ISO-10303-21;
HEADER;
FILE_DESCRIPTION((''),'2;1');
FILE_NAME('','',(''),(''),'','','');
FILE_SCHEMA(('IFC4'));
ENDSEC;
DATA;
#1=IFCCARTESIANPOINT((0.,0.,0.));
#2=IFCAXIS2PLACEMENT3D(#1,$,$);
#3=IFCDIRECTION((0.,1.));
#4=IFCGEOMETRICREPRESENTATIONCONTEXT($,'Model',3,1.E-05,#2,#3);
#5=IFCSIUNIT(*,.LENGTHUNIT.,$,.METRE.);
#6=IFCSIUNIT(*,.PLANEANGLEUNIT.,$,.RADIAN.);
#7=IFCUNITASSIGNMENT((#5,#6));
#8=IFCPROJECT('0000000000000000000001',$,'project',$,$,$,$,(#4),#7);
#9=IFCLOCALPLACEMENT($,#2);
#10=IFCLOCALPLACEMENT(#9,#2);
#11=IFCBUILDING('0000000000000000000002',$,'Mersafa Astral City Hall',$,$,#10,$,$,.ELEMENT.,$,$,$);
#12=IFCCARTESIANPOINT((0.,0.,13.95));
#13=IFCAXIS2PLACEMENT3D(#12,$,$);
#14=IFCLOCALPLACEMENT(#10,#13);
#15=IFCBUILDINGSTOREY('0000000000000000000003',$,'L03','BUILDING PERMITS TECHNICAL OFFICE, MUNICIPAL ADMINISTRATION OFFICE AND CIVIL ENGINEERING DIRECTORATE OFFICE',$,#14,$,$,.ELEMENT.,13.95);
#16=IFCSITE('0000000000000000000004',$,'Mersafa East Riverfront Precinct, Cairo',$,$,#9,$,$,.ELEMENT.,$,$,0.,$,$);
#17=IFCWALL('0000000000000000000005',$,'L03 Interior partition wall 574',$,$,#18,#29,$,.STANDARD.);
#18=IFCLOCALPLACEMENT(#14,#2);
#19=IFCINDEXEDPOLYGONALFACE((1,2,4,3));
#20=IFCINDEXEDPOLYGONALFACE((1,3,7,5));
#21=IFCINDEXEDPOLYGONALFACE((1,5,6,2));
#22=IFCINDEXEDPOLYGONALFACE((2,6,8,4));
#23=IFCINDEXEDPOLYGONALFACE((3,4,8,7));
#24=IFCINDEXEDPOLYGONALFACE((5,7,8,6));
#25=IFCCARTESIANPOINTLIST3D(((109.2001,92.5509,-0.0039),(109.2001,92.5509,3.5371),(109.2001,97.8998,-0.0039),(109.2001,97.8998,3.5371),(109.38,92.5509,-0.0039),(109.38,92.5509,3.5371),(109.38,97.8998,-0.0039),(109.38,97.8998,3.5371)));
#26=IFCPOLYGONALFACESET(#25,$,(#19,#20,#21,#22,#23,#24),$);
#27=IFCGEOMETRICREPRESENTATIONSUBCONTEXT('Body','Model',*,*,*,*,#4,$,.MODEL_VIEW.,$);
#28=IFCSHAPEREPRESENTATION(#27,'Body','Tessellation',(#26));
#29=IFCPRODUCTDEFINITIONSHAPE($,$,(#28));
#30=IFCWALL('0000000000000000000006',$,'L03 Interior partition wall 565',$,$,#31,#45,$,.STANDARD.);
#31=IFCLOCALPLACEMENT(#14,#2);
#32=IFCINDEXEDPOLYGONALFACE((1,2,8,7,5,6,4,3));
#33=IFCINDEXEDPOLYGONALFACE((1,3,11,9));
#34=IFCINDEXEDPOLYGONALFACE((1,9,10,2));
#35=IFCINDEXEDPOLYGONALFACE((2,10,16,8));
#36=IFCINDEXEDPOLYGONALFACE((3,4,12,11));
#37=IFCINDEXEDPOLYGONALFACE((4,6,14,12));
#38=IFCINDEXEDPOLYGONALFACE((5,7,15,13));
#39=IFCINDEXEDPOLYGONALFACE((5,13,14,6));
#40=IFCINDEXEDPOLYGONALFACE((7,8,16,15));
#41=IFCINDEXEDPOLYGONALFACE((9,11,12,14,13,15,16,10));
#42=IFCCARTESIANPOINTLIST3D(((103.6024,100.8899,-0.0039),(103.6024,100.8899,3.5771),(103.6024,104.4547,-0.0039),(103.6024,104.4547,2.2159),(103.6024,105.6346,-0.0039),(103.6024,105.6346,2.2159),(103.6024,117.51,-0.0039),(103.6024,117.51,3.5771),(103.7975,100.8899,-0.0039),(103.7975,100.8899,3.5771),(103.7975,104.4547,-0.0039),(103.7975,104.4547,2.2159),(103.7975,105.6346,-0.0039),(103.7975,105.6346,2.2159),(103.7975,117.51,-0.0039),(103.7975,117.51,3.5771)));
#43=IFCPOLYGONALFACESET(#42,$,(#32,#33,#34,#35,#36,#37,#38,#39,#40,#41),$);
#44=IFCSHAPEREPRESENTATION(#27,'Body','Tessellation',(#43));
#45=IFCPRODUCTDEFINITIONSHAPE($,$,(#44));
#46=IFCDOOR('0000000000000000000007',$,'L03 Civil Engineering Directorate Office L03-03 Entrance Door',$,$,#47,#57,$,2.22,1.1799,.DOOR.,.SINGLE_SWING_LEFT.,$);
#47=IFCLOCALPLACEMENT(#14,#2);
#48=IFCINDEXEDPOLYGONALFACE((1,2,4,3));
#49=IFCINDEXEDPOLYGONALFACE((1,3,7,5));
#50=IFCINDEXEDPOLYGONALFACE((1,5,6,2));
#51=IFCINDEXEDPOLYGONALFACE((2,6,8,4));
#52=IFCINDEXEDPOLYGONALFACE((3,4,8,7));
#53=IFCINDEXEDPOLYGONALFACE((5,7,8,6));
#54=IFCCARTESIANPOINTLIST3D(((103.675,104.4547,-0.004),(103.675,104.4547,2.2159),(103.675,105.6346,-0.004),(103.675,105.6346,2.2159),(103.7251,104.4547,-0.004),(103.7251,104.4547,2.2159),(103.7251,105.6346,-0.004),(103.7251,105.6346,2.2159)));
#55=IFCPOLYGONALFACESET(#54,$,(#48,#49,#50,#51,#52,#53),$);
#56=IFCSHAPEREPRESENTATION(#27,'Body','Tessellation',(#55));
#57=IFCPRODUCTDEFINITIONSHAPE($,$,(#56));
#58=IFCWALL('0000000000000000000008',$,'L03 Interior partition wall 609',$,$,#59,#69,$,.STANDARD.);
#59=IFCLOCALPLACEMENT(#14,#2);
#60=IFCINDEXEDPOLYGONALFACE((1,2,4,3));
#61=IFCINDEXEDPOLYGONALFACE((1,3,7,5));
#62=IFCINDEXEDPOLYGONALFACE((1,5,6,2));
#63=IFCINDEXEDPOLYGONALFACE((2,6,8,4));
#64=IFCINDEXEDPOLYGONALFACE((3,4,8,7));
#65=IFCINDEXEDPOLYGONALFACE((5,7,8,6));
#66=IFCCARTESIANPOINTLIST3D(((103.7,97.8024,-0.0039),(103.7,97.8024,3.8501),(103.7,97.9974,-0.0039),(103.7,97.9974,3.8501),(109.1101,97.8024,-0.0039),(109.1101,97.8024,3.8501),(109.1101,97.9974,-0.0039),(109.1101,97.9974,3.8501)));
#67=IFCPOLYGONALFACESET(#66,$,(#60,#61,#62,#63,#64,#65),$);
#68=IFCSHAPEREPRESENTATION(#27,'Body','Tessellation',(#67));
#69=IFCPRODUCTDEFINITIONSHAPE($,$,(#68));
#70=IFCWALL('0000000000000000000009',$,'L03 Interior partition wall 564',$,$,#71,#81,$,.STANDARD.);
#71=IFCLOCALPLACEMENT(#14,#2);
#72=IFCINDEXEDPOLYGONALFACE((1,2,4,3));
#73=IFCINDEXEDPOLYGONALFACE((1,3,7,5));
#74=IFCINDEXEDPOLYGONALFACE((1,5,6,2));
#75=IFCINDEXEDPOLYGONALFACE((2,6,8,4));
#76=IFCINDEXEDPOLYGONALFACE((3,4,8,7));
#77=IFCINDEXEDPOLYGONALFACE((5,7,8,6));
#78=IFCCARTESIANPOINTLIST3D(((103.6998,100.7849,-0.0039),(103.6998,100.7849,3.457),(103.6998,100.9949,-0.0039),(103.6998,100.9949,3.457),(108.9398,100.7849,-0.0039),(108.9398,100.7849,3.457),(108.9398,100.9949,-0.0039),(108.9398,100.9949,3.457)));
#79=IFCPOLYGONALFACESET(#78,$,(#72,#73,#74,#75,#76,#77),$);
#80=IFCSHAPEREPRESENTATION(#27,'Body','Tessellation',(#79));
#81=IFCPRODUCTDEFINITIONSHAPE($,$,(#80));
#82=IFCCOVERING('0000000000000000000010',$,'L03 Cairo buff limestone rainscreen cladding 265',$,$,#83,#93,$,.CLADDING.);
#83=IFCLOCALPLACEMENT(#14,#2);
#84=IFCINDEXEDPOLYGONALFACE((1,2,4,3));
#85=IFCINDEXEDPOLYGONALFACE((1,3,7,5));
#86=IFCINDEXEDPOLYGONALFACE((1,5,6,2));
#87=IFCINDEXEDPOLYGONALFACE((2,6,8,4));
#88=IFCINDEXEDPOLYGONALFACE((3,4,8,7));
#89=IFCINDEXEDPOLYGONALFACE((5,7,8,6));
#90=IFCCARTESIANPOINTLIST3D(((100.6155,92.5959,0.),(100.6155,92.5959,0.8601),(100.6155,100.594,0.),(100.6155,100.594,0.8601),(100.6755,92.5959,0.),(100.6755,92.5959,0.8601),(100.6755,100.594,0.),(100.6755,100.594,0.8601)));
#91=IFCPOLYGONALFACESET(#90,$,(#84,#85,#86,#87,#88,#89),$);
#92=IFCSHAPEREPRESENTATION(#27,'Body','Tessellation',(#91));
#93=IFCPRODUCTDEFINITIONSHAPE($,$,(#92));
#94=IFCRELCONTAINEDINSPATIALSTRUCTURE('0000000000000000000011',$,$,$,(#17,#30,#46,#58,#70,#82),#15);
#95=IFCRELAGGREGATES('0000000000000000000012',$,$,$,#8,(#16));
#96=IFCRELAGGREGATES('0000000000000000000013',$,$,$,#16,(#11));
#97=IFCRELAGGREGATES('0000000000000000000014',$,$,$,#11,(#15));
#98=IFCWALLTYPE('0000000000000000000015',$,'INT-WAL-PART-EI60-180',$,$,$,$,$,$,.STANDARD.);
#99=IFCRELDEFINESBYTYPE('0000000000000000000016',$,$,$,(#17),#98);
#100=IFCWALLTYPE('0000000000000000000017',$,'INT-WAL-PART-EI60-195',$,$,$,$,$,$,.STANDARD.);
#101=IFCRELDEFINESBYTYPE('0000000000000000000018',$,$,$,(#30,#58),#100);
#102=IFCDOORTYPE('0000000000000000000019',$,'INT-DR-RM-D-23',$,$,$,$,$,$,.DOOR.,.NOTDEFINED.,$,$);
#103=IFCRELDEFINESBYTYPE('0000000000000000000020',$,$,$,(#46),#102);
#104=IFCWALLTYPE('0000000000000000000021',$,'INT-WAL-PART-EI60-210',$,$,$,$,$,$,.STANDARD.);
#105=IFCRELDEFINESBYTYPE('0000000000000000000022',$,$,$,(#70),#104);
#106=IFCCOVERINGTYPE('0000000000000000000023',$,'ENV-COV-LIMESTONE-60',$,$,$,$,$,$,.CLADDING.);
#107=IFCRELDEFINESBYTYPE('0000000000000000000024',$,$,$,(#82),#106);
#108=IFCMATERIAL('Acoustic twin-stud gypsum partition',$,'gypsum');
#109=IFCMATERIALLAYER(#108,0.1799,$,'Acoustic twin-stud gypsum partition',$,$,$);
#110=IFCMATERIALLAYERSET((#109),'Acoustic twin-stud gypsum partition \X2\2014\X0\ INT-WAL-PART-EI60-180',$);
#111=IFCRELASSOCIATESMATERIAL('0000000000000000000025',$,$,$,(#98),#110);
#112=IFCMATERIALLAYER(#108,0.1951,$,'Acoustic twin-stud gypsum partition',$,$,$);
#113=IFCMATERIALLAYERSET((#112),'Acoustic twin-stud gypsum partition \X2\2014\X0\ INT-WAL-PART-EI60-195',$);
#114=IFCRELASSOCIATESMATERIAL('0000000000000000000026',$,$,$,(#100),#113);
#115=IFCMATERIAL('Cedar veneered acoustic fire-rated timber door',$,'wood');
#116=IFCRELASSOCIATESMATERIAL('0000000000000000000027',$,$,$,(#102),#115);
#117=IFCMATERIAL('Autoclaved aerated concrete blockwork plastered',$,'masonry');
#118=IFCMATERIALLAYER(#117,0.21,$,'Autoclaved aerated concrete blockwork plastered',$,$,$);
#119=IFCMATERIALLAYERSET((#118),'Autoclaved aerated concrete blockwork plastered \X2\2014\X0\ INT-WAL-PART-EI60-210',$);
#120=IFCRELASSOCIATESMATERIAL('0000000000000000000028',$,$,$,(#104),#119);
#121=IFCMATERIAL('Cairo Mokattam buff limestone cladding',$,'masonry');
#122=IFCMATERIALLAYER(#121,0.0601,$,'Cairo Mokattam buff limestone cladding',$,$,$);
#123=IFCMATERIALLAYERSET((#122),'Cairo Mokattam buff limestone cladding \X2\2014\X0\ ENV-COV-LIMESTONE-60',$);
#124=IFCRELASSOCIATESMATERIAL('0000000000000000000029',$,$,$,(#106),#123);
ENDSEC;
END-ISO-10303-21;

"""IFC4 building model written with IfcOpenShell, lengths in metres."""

from ifc_helpers import new_model, si_unit, direction, frame, frame_2d, origin, origin_2d, place, context, subcontext, project, spatial, rectangle, extrude, material, layer, layer_set, type_object, element, fill, save


model = new_model("IFC4")

# Units and contexts
model_context = context("Model", 3, precision=1e-05, world=origin(), true_north=direction((0.0, 1.0)))
body_context = subcontext(model_context, "Body", "Model", "MODEL_VIEW")
ifc_project = project(units=[si_unit("LENGTHUNIT", "METRE"), si_unit("PLANEANGLEUNIT", "RADIAN")], contexts=[model_context])

# Site, building, storey
site_placement = place(None, origin())
site = spatial("IfcSite", under=ifc_project, at=site_placement, Name="Mersafa East Riverfront Precinct, Cairo", CompositionType="ELEMENT", RefElevation=0.0)
building_placement = place(site_placement, origin())
building = spatial("IfcBuilding", under=site, at=building_placement, Name="Mersafa Astral City Hall", CompositionType="ELEMENT")
storey_placement = place(building_placement, frame((0.0, 0.0, 13.95)))
storey = spatial("IfcBuildingStorey", under=building, at=storey_placement, Name="L03", Description="BUILDING PERMITS TECHNICAL OFFICE, MUNICIPAL ADMINISTRATION OFFICE AND CIVIL ENGINEERING DIRECTORATE OFFICE", CompositionType="ELEMENT", Elevation=13.95)

# Wall
ifc_material_1 = material(Name="Acoustic twin-stud gypsum partition", Category="gypsum")
ifc_layer_1 = layer(ifc_material_1, 0.1799, Name="Acoustic twin-stud gypsum partition")
ifc_layer_set_1 = layer_set([ifc_layer_1], Name="Acoustic twin-stud gypsum partition — INT-WAL-PART-EI60-180")
wall_type_1 = type_object("IfcWallType", Name="INT-WAL-PART-EI60-180", PredefinedType="STANDARD", material=ifc_layer_set_1)
wall_1_placement = place(storey_placement, frame((109.29, 92.551, -0.0039), z_axis=(0.0, 0.0, 1.0), x_axis=(0.0, 1.0, 0.0)))
element("IfcWall", 1, at=wall_1_placement, inside=storey, type_object=wall_type_1, Name="L03 Interior partition wall 574", PredefinedType="STANDARD", context=body_context, shape_type="SweptSolid", body=[
    extrude(rectangle(XDim=5.3489, YDim=0.1799, at=frame_2d((2.6743, 0.0))), origin(), (0.0, 0.0, 1.0), 3.541),
])

# Wall, opening, door
ifc_layer_2 = layer(ifc_material_1, 0.1951, Name="Acoustic twin-stud gypsum partition")
ifc_layer_set_2 = layer_set([ifc_layer_2], Name="Acoustic twin-stud gypsum partition — INT-WAL-PART-EI60-195")
wall_type_2 = type_object("IfcWallType", Name="INT-WAL-PART-EI60-195", PredefinedType="STANDARD", material=ifc_layer_set_2)
wall_2_placement = place(storey_placement, frame((103.7, 100.8899, -0.0039), z_axis=(0.0, 0.0, 1.0), x_axis=(0.0, 1.0, 0.0)))
wall_2 = element("IfcWall", 2, at=wall_2_placement, inside=storey, type_object=wall_type_2, Name="L03 Interior partition wall 565", PredefinedType="STANDARD", context=body_context, shape_type="SweptSolid", body=[
    extrude(rectangle(XDim=16.6201, YDim=0.1951, at=frame_2d((8.3101, 0.0))), origin(), (0.0, 0.0, 1.0), 3.5811),
])
opening_1_placement = place(wall_2_placement, frame((3.5649, 0.0, 0.0)))
opening_1 = element("IfcOpeningElement", 3, at=opening_1_placement, cuts=wall_2, PredefinedType="OPENING", context=body_context, shape_type="SweptSolid", body=[
    extrude(rectangle(XDim=1.1799, YDim=2.22, at=frame_2d((0.5898, 1.1099))), frame((0.0, 0.1074, 0.0), z_axis=(0.0, -1.0, 0.0), x_axis=(1.0, 0.0, 0.0)), (0.0, 0.0, 1.0), 0.2151),
])
ifc_material_2 = material(Name="Cedar veneered acoustic fire-rated timber door", Category="wood")
door_type = type_object("IfcDoorType", Name="INT-DR-RM-D-23", OperationType="NOTDEFINED", PredefinedType="DOOR", material=ifc_material_2)
door_placement = place(opening_1_placement, origin())
door = element("IfcDoor", 4, at=door_placement, inside=storey, type_object=door_type, Name="L03 Civil Engineering Directorate Office L03-03 Entrance Door", OperationType="SINGLE_SWING_LEFT", OverallHeight=2.22, OverallWidth=1.1799, PredefinedType="DOOR", context=body_context, shape_type="SweptSolid", body=[
    extrude(rectangle(XDim=1.1799, YDim=2.22, at=frame_2d((0.5898, 1.1099))), frame((0.0, 0.0249, 0.0), z_axis=(0.0, -1.0, 0.0), x_axis=(1.0, 0.0, 0.0)), (0.0, 0.0, 1.0), 0.05),
])
fill(opening_1, door)

# Walls
wall_3_placement = place(storey_placement, frame((103.7, 97.8999, -0.0039), z_axis=(0.0, 0.0, 1.0), x_axis=(1.0, 0.0, 0.0)))
element("IfcWall", 5, at=wall_3_placement, inside=storey, type_object=wall_type_2, Name="L03 Interior partition wall 609", PredefinedType="STANDARD", context=body_context, shape_type="SweptSolid", body=[
    extrude(rectangle(XDim=5.4102, YDim=0.1951, at=frame_2d((2.7051, 0.0))), origin(), (0.0, 0.0, 1.0), 3.854),
])
ifc_material_3 = material(Name="Autoclaved aerated concrete blockwork plastered", Category="masonry")
ifc_layer_3 = layer(ifc_material_3, 0.21, Name="Autoclaved aerated concrete blockwork plastered")
ifc_layer_set_3 = layer_set([ifc_layer_3], Name="Autoclaved aerated concrete blockwork plastered — INT-WAL-PART-EI60-210")
wall_type_3 = type_object("IfcWallType", Name="INT-WAL-PART-EI60-210", PredefinedType="STANDARD", material=ifc_layer_set_3)
wall_4_placement = place(storey_placement, frame((108.9399, 100.8899, -0.0039), z_axis=(0.0, 0.0, 1.0), x_axis=(-1.0, 0.0, 0.0)))
element("IfcWall", 6, at=wall_4_placement, inside=storey, type_object=wall_type_3, Name="L03 Interior partition wall 564", PredefinedType="STANDARD", context=body_context, shape_type="SweptSolid", body=[
    extrude(rectangle(XDim=5.24, YDim=0.21, at=frame_2d((2.6201, 0.0))), origin(), (0.0, 0.0, 1.0), 3.4609),
])

# Covering
ifc_material_4 = material(Name="Cairo Mokattam buff limestone cladding", Category="masonry")
ifc_layer_4 = layer(ifc_material_4, 0.0601, Name="Cairo Mokattam buff limestone cladding")
ifc_layer_set_4 = layer_set([ifc_layer_4], Name="Cairo Mokattam buff limestone cladding — ENV-COV-LIMESTONE-60")
covering_type = type_object("IfcCoveringType", Name="ENV-COV-LIMESTONE-60", PredefinedType="CLADDING", material=ifc_layer_set_4)
covering_placement = place(storey_placement, frame((100.6455, 96.595, 0.0), z_axis=(0.0, 0.0, 1.0), x_axis=(0.0, -1.0, 0.0)))
element("IfcCovering", 7, at=covering_placement, inside=storey, type_object=covering_type, Name="L03 Cairo buff limestone rainscreen cladding 265", PredefinedType="CLADDING", context=body_context, shape_type="SweptSolid", body=[
    extrude(rectangle(XDim=7.998, YDim=0.0601, at=origin_2d()), origin(), (0.0, 0.0, 1.0), 0.8601),
])

save(model, "model.ifc")
